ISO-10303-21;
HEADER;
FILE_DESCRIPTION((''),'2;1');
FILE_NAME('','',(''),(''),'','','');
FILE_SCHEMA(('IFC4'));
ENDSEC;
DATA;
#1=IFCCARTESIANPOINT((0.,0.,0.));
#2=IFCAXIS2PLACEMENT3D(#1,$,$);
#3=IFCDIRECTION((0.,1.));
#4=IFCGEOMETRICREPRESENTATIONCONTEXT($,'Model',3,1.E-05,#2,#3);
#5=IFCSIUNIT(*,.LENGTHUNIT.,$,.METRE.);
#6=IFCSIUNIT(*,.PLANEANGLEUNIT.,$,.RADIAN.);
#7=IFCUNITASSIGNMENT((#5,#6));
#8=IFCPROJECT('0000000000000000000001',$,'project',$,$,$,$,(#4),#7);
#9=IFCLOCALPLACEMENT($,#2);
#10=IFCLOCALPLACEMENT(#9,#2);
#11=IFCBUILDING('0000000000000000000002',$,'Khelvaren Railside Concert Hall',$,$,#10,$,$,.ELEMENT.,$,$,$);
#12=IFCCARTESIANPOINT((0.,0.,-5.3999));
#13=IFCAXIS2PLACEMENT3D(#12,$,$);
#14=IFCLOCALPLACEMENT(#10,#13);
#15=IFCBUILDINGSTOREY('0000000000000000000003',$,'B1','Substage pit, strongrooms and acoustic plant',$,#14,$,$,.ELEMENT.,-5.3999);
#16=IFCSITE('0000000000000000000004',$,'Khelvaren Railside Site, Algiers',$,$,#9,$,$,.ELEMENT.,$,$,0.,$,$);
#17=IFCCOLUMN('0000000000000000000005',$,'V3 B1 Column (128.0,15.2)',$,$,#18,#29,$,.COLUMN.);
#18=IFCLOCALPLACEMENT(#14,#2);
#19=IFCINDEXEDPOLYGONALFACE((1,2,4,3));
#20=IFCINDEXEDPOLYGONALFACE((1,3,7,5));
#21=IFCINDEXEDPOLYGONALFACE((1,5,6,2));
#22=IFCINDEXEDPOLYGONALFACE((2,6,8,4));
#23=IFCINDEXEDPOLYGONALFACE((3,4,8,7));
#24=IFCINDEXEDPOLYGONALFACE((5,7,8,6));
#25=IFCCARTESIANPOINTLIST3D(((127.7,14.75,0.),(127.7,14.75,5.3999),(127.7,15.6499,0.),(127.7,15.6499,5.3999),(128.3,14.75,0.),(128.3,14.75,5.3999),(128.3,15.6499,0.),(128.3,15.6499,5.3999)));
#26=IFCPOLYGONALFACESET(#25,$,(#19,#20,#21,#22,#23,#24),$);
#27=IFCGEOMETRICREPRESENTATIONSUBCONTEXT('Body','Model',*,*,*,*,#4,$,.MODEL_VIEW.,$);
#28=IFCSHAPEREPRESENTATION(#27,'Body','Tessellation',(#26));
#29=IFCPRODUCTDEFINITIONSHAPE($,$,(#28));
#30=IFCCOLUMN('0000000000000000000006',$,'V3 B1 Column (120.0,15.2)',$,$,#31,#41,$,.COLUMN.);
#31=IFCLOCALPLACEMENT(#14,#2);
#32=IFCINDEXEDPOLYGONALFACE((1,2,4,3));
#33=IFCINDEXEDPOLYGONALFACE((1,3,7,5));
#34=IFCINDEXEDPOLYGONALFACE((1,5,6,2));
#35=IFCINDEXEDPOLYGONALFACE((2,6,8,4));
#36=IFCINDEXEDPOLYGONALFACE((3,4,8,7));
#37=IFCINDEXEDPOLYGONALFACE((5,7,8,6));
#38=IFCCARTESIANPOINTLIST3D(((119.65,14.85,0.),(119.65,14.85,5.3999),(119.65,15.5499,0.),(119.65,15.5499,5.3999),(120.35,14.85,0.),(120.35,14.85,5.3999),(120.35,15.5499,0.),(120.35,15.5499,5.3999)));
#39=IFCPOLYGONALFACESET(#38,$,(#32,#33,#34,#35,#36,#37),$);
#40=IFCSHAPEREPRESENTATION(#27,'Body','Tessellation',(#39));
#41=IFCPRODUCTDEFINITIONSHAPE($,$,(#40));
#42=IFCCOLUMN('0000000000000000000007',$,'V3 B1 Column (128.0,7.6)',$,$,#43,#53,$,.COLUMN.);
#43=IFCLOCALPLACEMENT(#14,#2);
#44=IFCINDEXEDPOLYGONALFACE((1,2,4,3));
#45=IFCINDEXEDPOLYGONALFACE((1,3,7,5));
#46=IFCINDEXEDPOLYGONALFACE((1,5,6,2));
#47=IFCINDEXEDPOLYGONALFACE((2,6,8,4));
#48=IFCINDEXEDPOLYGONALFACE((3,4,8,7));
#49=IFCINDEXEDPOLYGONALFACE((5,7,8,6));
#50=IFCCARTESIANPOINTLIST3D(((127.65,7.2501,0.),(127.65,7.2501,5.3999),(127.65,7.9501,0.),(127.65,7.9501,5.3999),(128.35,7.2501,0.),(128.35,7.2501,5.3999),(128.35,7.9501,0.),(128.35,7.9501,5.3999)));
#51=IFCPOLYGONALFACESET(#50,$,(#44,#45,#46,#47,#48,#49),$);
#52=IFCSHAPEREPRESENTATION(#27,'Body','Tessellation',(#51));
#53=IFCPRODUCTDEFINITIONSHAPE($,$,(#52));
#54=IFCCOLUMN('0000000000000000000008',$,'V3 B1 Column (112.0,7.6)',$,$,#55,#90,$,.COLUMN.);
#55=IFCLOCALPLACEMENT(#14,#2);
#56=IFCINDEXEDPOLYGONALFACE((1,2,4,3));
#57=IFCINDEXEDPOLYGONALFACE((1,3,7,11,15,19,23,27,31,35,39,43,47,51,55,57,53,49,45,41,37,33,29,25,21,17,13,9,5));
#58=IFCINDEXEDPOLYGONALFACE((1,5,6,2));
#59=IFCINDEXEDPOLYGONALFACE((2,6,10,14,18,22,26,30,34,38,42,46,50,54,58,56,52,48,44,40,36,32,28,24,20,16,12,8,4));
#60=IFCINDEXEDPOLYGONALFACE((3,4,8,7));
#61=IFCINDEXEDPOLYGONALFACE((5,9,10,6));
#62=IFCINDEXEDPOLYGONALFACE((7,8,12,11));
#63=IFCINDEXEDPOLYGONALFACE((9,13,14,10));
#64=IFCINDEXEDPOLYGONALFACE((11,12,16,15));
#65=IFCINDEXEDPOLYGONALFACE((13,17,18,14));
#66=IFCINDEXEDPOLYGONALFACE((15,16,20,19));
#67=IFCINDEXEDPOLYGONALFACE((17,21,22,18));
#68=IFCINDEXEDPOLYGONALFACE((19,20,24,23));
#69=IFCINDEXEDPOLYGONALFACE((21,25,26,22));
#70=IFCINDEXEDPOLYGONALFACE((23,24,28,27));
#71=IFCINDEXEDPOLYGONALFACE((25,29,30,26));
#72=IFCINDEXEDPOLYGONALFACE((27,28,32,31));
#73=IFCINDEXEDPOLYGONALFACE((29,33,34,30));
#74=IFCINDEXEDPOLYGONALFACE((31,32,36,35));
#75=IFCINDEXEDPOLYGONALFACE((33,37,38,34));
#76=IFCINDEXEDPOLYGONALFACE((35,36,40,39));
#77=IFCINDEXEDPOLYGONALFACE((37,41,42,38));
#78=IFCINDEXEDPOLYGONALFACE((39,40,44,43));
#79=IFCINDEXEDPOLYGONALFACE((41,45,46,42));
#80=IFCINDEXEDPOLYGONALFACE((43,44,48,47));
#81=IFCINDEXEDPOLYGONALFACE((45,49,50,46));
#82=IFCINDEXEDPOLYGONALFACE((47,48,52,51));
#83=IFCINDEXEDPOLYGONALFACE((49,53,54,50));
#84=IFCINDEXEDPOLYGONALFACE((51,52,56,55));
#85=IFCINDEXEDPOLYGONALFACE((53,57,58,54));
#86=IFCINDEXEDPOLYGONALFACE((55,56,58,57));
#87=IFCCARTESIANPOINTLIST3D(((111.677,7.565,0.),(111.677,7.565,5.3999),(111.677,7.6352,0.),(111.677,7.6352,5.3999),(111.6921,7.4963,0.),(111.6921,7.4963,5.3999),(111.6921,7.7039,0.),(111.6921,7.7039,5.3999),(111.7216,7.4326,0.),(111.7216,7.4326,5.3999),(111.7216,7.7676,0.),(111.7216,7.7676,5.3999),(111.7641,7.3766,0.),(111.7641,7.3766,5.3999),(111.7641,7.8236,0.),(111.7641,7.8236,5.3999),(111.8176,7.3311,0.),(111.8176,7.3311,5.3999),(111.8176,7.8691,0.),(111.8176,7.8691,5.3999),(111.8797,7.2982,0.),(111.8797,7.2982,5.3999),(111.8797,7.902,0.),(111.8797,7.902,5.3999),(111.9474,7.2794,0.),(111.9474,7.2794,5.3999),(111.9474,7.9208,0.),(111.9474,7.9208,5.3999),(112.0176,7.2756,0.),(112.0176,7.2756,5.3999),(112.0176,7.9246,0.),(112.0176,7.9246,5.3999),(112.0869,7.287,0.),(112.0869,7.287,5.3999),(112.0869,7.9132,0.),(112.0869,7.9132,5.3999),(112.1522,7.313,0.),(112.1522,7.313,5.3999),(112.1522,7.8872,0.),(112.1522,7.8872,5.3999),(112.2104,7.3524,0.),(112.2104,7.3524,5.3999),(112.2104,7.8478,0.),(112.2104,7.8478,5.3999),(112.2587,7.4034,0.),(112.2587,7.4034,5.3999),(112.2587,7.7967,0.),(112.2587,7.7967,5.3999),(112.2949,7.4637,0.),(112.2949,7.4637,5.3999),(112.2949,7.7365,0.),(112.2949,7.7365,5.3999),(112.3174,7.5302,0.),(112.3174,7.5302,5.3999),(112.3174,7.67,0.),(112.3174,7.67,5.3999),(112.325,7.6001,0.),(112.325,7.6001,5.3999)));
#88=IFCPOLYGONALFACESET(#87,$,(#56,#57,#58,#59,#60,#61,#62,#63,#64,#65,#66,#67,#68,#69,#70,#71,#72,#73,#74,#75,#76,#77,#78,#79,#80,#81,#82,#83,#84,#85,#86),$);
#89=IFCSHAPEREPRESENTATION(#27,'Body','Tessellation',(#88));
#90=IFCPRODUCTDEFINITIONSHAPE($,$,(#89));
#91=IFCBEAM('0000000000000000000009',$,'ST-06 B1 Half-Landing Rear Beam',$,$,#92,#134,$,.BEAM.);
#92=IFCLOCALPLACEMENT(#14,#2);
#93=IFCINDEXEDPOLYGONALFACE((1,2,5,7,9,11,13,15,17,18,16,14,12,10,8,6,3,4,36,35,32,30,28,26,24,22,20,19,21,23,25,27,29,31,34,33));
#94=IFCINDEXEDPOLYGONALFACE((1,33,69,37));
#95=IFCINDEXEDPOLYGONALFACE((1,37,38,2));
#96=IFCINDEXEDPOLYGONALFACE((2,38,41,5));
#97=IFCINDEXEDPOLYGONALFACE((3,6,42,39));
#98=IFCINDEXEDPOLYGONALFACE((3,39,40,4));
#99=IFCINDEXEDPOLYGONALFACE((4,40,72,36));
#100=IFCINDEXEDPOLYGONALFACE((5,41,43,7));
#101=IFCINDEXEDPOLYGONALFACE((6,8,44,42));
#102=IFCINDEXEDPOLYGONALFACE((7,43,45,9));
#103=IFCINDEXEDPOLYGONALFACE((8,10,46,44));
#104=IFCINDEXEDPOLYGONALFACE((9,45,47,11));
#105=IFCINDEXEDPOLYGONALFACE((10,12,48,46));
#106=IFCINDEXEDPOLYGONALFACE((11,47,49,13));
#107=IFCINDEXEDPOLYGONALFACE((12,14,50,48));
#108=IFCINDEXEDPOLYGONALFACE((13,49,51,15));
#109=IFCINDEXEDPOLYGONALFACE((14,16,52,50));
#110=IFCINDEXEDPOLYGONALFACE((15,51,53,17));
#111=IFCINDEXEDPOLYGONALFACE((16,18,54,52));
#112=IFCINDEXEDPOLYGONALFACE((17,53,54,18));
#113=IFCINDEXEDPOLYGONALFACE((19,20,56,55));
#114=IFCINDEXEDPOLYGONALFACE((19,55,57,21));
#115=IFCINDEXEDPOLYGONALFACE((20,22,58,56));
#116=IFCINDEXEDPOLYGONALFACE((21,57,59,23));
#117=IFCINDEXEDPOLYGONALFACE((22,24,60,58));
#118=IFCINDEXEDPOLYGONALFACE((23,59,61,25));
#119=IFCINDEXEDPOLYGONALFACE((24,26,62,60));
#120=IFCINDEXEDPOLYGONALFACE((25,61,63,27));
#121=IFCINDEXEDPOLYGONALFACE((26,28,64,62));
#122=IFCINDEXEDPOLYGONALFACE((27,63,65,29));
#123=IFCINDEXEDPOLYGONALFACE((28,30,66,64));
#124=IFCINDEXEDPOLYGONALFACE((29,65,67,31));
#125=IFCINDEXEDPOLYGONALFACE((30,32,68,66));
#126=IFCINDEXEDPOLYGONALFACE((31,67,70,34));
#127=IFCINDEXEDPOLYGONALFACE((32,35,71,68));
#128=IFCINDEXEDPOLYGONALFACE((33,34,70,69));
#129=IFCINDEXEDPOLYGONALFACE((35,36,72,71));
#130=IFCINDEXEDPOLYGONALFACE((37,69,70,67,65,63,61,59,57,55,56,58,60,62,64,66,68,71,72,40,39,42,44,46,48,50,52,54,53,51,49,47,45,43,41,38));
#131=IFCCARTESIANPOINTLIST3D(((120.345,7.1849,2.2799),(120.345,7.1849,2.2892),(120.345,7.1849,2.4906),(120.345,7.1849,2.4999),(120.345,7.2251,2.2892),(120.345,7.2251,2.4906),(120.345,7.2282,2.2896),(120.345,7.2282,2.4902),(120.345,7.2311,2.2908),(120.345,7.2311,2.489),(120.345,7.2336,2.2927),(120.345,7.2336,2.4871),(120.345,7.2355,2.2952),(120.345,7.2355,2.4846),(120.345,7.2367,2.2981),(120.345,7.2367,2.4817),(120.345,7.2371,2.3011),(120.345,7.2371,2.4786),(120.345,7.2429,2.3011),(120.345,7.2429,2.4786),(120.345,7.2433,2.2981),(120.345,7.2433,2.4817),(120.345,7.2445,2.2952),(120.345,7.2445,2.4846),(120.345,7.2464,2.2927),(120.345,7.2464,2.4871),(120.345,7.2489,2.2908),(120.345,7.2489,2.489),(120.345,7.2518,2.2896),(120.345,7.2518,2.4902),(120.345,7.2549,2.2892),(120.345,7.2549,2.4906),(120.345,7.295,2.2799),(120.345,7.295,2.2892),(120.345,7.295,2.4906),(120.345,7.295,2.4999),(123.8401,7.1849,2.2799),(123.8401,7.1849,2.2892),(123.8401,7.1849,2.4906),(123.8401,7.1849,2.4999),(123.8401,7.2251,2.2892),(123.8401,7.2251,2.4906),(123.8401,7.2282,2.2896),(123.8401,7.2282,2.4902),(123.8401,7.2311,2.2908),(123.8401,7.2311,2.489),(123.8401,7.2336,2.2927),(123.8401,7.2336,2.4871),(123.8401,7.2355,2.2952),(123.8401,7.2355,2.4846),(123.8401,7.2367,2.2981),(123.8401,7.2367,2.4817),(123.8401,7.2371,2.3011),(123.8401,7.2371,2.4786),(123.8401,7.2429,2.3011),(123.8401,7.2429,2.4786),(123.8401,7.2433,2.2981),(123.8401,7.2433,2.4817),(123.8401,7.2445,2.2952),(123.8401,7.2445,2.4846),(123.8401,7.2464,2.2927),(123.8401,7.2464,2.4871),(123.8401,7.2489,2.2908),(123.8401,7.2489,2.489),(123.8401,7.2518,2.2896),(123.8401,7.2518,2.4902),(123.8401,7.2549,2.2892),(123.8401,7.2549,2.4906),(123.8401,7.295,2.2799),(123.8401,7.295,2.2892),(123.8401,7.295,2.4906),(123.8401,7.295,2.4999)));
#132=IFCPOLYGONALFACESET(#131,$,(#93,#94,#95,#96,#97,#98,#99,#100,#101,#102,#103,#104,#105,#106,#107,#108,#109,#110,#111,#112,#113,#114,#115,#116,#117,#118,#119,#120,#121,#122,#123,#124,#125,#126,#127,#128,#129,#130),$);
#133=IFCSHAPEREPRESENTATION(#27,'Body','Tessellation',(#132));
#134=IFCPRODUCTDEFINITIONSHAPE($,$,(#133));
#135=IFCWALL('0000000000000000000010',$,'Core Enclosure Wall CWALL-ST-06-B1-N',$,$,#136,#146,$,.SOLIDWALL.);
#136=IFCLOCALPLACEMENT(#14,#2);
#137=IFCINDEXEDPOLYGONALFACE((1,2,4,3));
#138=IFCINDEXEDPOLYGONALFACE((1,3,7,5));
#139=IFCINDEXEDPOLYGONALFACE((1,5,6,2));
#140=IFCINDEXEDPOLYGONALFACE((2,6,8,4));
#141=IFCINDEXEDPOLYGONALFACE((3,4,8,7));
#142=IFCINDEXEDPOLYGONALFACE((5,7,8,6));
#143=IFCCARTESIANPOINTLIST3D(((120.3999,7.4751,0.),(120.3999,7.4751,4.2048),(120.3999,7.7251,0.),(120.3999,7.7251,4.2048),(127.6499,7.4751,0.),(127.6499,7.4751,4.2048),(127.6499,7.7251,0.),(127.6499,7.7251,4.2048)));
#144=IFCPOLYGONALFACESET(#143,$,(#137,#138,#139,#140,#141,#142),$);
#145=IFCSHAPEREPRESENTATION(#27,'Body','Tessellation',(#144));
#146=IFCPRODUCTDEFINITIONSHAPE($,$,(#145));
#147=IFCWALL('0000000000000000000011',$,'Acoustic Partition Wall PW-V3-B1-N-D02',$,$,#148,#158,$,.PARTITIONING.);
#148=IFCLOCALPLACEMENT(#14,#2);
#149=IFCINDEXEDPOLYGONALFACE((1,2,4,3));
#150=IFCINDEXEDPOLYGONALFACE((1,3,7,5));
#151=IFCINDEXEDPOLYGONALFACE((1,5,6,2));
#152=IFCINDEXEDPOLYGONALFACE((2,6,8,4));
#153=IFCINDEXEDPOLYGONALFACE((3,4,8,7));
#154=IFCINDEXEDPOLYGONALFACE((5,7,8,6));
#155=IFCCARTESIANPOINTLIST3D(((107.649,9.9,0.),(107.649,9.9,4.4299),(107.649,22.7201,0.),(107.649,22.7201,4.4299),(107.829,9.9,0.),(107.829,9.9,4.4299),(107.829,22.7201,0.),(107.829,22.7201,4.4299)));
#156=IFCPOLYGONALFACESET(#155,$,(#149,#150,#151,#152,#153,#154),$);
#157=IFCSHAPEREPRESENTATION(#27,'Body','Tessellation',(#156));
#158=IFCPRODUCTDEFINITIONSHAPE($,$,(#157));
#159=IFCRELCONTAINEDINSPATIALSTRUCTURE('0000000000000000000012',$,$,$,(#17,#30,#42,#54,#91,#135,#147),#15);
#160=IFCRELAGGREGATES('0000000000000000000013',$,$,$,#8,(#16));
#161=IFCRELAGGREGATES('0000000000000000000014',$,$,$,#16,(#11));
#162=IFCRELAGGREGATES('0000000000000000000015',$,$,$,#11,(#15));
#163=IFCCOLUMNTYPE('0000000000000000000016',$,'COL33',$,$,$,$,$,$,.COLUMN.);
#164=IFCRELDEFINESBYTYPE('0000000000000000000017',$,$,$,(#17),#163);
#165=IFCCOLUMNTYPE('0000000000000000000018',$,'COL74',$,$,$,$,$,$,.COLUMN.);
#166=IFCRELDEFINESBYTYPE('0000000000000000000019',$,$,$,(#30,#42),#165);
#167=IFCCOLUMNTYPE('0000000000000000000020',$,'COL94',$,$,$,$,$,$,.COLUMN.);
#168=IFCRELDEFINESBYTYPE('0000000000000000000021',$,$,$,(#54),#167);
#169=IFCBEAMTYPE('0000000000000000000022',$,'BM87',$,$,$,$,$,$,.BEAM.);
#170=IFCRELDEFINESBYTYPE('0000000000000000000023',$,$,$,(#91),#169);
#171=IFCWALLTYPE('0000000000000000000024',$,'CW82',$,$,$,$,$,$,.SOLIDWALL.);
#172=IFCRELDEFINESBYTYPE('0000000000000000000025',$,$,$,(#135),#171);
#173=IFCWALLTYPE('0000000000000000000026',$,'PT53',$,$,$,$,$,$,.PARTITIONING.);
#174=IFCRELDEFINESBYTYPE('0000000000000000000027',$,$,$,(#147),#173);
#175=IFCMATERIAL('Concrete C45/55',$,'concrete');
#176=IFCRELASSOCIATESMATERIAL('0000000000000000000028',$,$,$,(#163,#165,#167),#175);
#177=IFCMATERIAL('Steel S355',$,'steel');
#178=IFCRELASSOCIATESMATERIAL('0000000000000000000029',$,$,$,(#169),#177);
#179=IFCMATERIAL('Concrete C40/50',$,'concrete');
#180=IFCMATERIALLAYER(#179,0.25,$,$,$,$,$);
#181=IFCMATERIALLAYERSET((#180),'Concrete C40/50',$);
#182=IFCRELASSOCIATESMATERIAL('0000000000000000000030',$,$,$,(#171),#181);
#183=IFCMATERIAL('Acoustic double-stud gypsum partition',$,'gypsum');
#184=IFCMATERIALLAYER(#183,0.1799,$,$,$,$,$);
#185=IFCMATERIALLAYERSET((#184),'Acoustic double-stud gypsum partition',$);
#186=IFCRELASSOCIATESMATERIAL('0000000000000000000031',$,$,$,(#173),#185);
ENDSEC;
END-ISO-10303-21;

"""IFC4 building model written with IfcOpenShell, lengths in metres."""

from ifc_helpers import new_model, si_unit, direction, frame, frame_2d, origin, origin_2d, place, context, subcontext, project, spatial, rectangle, circle, i_section, extrude, material, layer, layer_set, material_profile, profile_set, type_object, element, save


model = new_model("IFC4")

# Units and contexts
model_context = context("Model", 3, precision=1e-05, world=origin(), true_north=direction((0.0, 1.0)))
body_context = subcontext(model_context, "Body", "Model", "MODEL_VIEW")
ifc_project = project(units=[si_unit("LENGTHUNIT", "METRE"), si_unit("PLANEANGLEUNIT", "RADIAN")], contexts=[model_context])

# Site, building, storey
site_placement = place(None, origin())
site = spatial("IfcSite", under=ifc_project, at=site_placement, Name="Khelvaren Railside Site, Algiers", CompositionType="ELEMENT", RefElevation=0.0)
building_placement = place(site_placement, origin())
building = spatial("IfcBuilding", under=site, at=building_placement, Name="Khelvaren Railside Concert Hall", CompositionType="ELEMENT")
storey_placement = place(building_placement, frame((0.0, 0.0, -5.3999)))
storey = spatial("IfcBuildingStorey", under=building, at=storey_placement, Name="B1", Description="Substage pit, strongrooms and acoustic plant", CompositionType="ELEMENT", Elevation=-5.3999)

# Columns
ifc_material_1 = material(Name="Concrete C45/55", Category="concrete")
ifc_material_profile_1 = material_profile(ifc_material_1, rectangle(XDim=0.6001, YDim=0.8999, at=origin_2d()), Name="RC 600x900")
ifc_profile_set_1 = profile_set([ifc_material_profile_1], Name="Concrete C45/55")
column_type_1 = type_object("IfcColumnType", Name="COL33", PredefinedType="COLUMN", material=ifc_profile_set_1)
column_1_placement = place(storey_placement, frame((128.0, 15.2, 0.0), z_axis=(0.0, 0.0, 1.0), x_axis=(1.0, 0.0, 0.0)))
element("IfcColumn", 1, at=column_1_placement, inside=storey, type_object=column_type_1, Name="V3 B1 Column (128.0,15.2)", PredefinedType="COLUMN", context=body_context, shape_type="SweptSolid", body=[
    extrude(rectangle(XDim=0.6001, YDim=0.8999, at=origin_2d()), origin(), (0.0, 0.0, 1.0), 5.3999),
])
ifc_material_profile_2 = material_profile(ifc_material_1, rectangle(XDim=0.7, YDim=0.7, at=origin_2d()), Name="RC 700x700")
ifc_profile_set_2 = profile_set([ifc_material_profile_2], Name="Concrete C45/55")
column_type_2 = type_object("IfcColumnType", Name="COL74", PredefinedType="COLUMN", material=ifc_profile_set_2)
for number, where, z_axis, x_axis, name in (
    (2, (120.0, 15.2, 0.0), (0.0, 0.0, 1.0), (1.0, 0.0, 0.0), "V3 B1 Column (120.0,15.2)"),
    (3, (128.0, 7.6001, 0.0), (0.0, 0.0, 1.0), (1.0, 0.0, 0.0), "V3 B1 Column (128.0,7.6)"),
):
    element("IfcColumn", number, at=place(storey_placement, frame(where, z_axis=z_axis, x_axis=x_axis)), inside=storey, type_object=column_type_2, Name=name, PredefinedType="COLUMN", context=body_context, shape_type="SweptSolid", body=[
        extrude(rectangle(XDim=0.7, YDim=0.7, at=origin_2d()), origin(), (0.0, 0.0, 1.0), 5.3999),
    ])
ifc_material_profile_3 = material_profile(ifc_material_1, circle(Radius=0.325, at=origin_2d()), Name="RC D650")
ifc_profile_set_3 = profile_set([ifc_material_profile_3], Name="Concrete C45/55")
column_type_3 = type_object("IfcColumnType", Name="COL94", PredefinedType="COLUMN", material=ifc_profile_set_3)
column_2_placement = place(storey_placement, frame((112.0, 7.6001, 0.0), z_axis=(0.0, 0.0, 1.0), x_axis=(1.0, 0.0, 0.0)))
element("IfcColumn", 4, at=column_2_placement, inside=storey, type_object=column_type_3, Name="V3 B1 Column (112.0,7.6)", PredefinedType="COLUMN", context=body_context, shape_type="SweptSolid", body=[
    extrude(circle(Radius=0.325, at=origin_2d()), origin(), (0.0, 0.0, 1.0), 5.3999),
])

# Beam
ifc_material_2 = material(Name="Steel S355", Category="steel")
ifc_material_profile_4 = material_profile(ifc_material_2, i_section(OverallWidth=0.1101, OverallDepth=0.22, WebThickness=0.0059, FlangeThickness=0.0093, FilletRadius=0.012, at=origin_2d()), Name="IPE 220")
ifc_profile_set_4 = profile_set([ifc_material_profile_4], Name="Steel S355")
beam_type = type_object("IfcBeamType", Name="BM87", PredefinedType="BEAM", material=ifc_profile_set_4)
beam_placement = place(storey_placement, frame((120.345, 7.24, 2.3899), z_axis=(1.0, 0.0, 0.0), x_axis=(0.0, 1.0, 0.0)))
element("IfcBeam", 5, at=beam_placement, inside=storey, type_object=beam_type, Name="ST-06 B1 Half-Landing Rear Beam", PredefinedType="BEAM", context=body_context, shape_type="SweptSolid", body=[
    extrude(i_section(OverallWidth=0.1101, OverallDepth=0.22, WebThickness=0.0059, FlangeThickness=0.0093, FilletRadius=0.012, at=origin_2d()), origin(), (0.0, 0.0, 1.0), 3.4951),
])

# Walls
ifc_material_3 = material(Name="Concrete C40/50", Category="concrete")
ifc_layer_1 = layer(ifc_material_3, 0.25)
ifc_layer_set_1 = layer_set([ifc_layer_1], Name="Concrete C40/50")
wall_type_1 = type_object("IfcWallType", Name="CW82", PredefinedType="SOLIDWALL", material=ifc_layer_set_1)
wall_1_placement = place(storey_placement, frame((120.3999, 7.6001, 0.0), z_axis=(0.0, 0.0, 1.0), x_axis=(1.0, 0.0, 0.0)))
element("IfcWall", 6, at=wall_1_placement, inside=storey, type_object=wall_type_1, Name="Core Enclosure Wall CWALL-ST-06-B1-N", PredefinedType="SOLIDWALL", context=body_context, shape_type="SweptSolid", body=[
    extrude(rectangle(XDim=7.25, YDim=0.25, at=frame_2d((3.625, 0.0))), origin(), (0.0, 0.0, 1.0), 4.2048),
])
ifc_material_4 = material(Name="Acoustic double-stud gypsum partition", Category="gypsum")
ifc_layer_2 = layer(ifc_material_4, 0.1799)
ifc_layer_set_2 = layer_set([ifc_layer_2], Name="Acoustic double-stud gypsum partition")
wall_type_2 = type_object("IfcWallType", Name="PT53", PredefinedType="PARTITIONING", material=ifc_layer_set_2)
wall_2_placement = place(storey_placement, frame((107.739, 9.8999, 0.0), z_axis=(0.0, 0.0, 1.0), x_axis=(0.0, 1.0, 0.0)))
element("IfcWall", 7, at=wall_2_placement, inside=storey, type_object=wall_type_2, Name="Acoustic Partition Wall PW-V3-B1-N-D02", PredefinedType="PARTITIONING", context=body_context, shape_type="SweptSolid", body=[
    extrude(rectangle(XDim=12.8201, YDim=0.1799, at=frame_2d((6.4102, 0.0))), origin(), (0.0, 0.0, 1.0), 4.4299),
])

save(model, "model.ifc")
